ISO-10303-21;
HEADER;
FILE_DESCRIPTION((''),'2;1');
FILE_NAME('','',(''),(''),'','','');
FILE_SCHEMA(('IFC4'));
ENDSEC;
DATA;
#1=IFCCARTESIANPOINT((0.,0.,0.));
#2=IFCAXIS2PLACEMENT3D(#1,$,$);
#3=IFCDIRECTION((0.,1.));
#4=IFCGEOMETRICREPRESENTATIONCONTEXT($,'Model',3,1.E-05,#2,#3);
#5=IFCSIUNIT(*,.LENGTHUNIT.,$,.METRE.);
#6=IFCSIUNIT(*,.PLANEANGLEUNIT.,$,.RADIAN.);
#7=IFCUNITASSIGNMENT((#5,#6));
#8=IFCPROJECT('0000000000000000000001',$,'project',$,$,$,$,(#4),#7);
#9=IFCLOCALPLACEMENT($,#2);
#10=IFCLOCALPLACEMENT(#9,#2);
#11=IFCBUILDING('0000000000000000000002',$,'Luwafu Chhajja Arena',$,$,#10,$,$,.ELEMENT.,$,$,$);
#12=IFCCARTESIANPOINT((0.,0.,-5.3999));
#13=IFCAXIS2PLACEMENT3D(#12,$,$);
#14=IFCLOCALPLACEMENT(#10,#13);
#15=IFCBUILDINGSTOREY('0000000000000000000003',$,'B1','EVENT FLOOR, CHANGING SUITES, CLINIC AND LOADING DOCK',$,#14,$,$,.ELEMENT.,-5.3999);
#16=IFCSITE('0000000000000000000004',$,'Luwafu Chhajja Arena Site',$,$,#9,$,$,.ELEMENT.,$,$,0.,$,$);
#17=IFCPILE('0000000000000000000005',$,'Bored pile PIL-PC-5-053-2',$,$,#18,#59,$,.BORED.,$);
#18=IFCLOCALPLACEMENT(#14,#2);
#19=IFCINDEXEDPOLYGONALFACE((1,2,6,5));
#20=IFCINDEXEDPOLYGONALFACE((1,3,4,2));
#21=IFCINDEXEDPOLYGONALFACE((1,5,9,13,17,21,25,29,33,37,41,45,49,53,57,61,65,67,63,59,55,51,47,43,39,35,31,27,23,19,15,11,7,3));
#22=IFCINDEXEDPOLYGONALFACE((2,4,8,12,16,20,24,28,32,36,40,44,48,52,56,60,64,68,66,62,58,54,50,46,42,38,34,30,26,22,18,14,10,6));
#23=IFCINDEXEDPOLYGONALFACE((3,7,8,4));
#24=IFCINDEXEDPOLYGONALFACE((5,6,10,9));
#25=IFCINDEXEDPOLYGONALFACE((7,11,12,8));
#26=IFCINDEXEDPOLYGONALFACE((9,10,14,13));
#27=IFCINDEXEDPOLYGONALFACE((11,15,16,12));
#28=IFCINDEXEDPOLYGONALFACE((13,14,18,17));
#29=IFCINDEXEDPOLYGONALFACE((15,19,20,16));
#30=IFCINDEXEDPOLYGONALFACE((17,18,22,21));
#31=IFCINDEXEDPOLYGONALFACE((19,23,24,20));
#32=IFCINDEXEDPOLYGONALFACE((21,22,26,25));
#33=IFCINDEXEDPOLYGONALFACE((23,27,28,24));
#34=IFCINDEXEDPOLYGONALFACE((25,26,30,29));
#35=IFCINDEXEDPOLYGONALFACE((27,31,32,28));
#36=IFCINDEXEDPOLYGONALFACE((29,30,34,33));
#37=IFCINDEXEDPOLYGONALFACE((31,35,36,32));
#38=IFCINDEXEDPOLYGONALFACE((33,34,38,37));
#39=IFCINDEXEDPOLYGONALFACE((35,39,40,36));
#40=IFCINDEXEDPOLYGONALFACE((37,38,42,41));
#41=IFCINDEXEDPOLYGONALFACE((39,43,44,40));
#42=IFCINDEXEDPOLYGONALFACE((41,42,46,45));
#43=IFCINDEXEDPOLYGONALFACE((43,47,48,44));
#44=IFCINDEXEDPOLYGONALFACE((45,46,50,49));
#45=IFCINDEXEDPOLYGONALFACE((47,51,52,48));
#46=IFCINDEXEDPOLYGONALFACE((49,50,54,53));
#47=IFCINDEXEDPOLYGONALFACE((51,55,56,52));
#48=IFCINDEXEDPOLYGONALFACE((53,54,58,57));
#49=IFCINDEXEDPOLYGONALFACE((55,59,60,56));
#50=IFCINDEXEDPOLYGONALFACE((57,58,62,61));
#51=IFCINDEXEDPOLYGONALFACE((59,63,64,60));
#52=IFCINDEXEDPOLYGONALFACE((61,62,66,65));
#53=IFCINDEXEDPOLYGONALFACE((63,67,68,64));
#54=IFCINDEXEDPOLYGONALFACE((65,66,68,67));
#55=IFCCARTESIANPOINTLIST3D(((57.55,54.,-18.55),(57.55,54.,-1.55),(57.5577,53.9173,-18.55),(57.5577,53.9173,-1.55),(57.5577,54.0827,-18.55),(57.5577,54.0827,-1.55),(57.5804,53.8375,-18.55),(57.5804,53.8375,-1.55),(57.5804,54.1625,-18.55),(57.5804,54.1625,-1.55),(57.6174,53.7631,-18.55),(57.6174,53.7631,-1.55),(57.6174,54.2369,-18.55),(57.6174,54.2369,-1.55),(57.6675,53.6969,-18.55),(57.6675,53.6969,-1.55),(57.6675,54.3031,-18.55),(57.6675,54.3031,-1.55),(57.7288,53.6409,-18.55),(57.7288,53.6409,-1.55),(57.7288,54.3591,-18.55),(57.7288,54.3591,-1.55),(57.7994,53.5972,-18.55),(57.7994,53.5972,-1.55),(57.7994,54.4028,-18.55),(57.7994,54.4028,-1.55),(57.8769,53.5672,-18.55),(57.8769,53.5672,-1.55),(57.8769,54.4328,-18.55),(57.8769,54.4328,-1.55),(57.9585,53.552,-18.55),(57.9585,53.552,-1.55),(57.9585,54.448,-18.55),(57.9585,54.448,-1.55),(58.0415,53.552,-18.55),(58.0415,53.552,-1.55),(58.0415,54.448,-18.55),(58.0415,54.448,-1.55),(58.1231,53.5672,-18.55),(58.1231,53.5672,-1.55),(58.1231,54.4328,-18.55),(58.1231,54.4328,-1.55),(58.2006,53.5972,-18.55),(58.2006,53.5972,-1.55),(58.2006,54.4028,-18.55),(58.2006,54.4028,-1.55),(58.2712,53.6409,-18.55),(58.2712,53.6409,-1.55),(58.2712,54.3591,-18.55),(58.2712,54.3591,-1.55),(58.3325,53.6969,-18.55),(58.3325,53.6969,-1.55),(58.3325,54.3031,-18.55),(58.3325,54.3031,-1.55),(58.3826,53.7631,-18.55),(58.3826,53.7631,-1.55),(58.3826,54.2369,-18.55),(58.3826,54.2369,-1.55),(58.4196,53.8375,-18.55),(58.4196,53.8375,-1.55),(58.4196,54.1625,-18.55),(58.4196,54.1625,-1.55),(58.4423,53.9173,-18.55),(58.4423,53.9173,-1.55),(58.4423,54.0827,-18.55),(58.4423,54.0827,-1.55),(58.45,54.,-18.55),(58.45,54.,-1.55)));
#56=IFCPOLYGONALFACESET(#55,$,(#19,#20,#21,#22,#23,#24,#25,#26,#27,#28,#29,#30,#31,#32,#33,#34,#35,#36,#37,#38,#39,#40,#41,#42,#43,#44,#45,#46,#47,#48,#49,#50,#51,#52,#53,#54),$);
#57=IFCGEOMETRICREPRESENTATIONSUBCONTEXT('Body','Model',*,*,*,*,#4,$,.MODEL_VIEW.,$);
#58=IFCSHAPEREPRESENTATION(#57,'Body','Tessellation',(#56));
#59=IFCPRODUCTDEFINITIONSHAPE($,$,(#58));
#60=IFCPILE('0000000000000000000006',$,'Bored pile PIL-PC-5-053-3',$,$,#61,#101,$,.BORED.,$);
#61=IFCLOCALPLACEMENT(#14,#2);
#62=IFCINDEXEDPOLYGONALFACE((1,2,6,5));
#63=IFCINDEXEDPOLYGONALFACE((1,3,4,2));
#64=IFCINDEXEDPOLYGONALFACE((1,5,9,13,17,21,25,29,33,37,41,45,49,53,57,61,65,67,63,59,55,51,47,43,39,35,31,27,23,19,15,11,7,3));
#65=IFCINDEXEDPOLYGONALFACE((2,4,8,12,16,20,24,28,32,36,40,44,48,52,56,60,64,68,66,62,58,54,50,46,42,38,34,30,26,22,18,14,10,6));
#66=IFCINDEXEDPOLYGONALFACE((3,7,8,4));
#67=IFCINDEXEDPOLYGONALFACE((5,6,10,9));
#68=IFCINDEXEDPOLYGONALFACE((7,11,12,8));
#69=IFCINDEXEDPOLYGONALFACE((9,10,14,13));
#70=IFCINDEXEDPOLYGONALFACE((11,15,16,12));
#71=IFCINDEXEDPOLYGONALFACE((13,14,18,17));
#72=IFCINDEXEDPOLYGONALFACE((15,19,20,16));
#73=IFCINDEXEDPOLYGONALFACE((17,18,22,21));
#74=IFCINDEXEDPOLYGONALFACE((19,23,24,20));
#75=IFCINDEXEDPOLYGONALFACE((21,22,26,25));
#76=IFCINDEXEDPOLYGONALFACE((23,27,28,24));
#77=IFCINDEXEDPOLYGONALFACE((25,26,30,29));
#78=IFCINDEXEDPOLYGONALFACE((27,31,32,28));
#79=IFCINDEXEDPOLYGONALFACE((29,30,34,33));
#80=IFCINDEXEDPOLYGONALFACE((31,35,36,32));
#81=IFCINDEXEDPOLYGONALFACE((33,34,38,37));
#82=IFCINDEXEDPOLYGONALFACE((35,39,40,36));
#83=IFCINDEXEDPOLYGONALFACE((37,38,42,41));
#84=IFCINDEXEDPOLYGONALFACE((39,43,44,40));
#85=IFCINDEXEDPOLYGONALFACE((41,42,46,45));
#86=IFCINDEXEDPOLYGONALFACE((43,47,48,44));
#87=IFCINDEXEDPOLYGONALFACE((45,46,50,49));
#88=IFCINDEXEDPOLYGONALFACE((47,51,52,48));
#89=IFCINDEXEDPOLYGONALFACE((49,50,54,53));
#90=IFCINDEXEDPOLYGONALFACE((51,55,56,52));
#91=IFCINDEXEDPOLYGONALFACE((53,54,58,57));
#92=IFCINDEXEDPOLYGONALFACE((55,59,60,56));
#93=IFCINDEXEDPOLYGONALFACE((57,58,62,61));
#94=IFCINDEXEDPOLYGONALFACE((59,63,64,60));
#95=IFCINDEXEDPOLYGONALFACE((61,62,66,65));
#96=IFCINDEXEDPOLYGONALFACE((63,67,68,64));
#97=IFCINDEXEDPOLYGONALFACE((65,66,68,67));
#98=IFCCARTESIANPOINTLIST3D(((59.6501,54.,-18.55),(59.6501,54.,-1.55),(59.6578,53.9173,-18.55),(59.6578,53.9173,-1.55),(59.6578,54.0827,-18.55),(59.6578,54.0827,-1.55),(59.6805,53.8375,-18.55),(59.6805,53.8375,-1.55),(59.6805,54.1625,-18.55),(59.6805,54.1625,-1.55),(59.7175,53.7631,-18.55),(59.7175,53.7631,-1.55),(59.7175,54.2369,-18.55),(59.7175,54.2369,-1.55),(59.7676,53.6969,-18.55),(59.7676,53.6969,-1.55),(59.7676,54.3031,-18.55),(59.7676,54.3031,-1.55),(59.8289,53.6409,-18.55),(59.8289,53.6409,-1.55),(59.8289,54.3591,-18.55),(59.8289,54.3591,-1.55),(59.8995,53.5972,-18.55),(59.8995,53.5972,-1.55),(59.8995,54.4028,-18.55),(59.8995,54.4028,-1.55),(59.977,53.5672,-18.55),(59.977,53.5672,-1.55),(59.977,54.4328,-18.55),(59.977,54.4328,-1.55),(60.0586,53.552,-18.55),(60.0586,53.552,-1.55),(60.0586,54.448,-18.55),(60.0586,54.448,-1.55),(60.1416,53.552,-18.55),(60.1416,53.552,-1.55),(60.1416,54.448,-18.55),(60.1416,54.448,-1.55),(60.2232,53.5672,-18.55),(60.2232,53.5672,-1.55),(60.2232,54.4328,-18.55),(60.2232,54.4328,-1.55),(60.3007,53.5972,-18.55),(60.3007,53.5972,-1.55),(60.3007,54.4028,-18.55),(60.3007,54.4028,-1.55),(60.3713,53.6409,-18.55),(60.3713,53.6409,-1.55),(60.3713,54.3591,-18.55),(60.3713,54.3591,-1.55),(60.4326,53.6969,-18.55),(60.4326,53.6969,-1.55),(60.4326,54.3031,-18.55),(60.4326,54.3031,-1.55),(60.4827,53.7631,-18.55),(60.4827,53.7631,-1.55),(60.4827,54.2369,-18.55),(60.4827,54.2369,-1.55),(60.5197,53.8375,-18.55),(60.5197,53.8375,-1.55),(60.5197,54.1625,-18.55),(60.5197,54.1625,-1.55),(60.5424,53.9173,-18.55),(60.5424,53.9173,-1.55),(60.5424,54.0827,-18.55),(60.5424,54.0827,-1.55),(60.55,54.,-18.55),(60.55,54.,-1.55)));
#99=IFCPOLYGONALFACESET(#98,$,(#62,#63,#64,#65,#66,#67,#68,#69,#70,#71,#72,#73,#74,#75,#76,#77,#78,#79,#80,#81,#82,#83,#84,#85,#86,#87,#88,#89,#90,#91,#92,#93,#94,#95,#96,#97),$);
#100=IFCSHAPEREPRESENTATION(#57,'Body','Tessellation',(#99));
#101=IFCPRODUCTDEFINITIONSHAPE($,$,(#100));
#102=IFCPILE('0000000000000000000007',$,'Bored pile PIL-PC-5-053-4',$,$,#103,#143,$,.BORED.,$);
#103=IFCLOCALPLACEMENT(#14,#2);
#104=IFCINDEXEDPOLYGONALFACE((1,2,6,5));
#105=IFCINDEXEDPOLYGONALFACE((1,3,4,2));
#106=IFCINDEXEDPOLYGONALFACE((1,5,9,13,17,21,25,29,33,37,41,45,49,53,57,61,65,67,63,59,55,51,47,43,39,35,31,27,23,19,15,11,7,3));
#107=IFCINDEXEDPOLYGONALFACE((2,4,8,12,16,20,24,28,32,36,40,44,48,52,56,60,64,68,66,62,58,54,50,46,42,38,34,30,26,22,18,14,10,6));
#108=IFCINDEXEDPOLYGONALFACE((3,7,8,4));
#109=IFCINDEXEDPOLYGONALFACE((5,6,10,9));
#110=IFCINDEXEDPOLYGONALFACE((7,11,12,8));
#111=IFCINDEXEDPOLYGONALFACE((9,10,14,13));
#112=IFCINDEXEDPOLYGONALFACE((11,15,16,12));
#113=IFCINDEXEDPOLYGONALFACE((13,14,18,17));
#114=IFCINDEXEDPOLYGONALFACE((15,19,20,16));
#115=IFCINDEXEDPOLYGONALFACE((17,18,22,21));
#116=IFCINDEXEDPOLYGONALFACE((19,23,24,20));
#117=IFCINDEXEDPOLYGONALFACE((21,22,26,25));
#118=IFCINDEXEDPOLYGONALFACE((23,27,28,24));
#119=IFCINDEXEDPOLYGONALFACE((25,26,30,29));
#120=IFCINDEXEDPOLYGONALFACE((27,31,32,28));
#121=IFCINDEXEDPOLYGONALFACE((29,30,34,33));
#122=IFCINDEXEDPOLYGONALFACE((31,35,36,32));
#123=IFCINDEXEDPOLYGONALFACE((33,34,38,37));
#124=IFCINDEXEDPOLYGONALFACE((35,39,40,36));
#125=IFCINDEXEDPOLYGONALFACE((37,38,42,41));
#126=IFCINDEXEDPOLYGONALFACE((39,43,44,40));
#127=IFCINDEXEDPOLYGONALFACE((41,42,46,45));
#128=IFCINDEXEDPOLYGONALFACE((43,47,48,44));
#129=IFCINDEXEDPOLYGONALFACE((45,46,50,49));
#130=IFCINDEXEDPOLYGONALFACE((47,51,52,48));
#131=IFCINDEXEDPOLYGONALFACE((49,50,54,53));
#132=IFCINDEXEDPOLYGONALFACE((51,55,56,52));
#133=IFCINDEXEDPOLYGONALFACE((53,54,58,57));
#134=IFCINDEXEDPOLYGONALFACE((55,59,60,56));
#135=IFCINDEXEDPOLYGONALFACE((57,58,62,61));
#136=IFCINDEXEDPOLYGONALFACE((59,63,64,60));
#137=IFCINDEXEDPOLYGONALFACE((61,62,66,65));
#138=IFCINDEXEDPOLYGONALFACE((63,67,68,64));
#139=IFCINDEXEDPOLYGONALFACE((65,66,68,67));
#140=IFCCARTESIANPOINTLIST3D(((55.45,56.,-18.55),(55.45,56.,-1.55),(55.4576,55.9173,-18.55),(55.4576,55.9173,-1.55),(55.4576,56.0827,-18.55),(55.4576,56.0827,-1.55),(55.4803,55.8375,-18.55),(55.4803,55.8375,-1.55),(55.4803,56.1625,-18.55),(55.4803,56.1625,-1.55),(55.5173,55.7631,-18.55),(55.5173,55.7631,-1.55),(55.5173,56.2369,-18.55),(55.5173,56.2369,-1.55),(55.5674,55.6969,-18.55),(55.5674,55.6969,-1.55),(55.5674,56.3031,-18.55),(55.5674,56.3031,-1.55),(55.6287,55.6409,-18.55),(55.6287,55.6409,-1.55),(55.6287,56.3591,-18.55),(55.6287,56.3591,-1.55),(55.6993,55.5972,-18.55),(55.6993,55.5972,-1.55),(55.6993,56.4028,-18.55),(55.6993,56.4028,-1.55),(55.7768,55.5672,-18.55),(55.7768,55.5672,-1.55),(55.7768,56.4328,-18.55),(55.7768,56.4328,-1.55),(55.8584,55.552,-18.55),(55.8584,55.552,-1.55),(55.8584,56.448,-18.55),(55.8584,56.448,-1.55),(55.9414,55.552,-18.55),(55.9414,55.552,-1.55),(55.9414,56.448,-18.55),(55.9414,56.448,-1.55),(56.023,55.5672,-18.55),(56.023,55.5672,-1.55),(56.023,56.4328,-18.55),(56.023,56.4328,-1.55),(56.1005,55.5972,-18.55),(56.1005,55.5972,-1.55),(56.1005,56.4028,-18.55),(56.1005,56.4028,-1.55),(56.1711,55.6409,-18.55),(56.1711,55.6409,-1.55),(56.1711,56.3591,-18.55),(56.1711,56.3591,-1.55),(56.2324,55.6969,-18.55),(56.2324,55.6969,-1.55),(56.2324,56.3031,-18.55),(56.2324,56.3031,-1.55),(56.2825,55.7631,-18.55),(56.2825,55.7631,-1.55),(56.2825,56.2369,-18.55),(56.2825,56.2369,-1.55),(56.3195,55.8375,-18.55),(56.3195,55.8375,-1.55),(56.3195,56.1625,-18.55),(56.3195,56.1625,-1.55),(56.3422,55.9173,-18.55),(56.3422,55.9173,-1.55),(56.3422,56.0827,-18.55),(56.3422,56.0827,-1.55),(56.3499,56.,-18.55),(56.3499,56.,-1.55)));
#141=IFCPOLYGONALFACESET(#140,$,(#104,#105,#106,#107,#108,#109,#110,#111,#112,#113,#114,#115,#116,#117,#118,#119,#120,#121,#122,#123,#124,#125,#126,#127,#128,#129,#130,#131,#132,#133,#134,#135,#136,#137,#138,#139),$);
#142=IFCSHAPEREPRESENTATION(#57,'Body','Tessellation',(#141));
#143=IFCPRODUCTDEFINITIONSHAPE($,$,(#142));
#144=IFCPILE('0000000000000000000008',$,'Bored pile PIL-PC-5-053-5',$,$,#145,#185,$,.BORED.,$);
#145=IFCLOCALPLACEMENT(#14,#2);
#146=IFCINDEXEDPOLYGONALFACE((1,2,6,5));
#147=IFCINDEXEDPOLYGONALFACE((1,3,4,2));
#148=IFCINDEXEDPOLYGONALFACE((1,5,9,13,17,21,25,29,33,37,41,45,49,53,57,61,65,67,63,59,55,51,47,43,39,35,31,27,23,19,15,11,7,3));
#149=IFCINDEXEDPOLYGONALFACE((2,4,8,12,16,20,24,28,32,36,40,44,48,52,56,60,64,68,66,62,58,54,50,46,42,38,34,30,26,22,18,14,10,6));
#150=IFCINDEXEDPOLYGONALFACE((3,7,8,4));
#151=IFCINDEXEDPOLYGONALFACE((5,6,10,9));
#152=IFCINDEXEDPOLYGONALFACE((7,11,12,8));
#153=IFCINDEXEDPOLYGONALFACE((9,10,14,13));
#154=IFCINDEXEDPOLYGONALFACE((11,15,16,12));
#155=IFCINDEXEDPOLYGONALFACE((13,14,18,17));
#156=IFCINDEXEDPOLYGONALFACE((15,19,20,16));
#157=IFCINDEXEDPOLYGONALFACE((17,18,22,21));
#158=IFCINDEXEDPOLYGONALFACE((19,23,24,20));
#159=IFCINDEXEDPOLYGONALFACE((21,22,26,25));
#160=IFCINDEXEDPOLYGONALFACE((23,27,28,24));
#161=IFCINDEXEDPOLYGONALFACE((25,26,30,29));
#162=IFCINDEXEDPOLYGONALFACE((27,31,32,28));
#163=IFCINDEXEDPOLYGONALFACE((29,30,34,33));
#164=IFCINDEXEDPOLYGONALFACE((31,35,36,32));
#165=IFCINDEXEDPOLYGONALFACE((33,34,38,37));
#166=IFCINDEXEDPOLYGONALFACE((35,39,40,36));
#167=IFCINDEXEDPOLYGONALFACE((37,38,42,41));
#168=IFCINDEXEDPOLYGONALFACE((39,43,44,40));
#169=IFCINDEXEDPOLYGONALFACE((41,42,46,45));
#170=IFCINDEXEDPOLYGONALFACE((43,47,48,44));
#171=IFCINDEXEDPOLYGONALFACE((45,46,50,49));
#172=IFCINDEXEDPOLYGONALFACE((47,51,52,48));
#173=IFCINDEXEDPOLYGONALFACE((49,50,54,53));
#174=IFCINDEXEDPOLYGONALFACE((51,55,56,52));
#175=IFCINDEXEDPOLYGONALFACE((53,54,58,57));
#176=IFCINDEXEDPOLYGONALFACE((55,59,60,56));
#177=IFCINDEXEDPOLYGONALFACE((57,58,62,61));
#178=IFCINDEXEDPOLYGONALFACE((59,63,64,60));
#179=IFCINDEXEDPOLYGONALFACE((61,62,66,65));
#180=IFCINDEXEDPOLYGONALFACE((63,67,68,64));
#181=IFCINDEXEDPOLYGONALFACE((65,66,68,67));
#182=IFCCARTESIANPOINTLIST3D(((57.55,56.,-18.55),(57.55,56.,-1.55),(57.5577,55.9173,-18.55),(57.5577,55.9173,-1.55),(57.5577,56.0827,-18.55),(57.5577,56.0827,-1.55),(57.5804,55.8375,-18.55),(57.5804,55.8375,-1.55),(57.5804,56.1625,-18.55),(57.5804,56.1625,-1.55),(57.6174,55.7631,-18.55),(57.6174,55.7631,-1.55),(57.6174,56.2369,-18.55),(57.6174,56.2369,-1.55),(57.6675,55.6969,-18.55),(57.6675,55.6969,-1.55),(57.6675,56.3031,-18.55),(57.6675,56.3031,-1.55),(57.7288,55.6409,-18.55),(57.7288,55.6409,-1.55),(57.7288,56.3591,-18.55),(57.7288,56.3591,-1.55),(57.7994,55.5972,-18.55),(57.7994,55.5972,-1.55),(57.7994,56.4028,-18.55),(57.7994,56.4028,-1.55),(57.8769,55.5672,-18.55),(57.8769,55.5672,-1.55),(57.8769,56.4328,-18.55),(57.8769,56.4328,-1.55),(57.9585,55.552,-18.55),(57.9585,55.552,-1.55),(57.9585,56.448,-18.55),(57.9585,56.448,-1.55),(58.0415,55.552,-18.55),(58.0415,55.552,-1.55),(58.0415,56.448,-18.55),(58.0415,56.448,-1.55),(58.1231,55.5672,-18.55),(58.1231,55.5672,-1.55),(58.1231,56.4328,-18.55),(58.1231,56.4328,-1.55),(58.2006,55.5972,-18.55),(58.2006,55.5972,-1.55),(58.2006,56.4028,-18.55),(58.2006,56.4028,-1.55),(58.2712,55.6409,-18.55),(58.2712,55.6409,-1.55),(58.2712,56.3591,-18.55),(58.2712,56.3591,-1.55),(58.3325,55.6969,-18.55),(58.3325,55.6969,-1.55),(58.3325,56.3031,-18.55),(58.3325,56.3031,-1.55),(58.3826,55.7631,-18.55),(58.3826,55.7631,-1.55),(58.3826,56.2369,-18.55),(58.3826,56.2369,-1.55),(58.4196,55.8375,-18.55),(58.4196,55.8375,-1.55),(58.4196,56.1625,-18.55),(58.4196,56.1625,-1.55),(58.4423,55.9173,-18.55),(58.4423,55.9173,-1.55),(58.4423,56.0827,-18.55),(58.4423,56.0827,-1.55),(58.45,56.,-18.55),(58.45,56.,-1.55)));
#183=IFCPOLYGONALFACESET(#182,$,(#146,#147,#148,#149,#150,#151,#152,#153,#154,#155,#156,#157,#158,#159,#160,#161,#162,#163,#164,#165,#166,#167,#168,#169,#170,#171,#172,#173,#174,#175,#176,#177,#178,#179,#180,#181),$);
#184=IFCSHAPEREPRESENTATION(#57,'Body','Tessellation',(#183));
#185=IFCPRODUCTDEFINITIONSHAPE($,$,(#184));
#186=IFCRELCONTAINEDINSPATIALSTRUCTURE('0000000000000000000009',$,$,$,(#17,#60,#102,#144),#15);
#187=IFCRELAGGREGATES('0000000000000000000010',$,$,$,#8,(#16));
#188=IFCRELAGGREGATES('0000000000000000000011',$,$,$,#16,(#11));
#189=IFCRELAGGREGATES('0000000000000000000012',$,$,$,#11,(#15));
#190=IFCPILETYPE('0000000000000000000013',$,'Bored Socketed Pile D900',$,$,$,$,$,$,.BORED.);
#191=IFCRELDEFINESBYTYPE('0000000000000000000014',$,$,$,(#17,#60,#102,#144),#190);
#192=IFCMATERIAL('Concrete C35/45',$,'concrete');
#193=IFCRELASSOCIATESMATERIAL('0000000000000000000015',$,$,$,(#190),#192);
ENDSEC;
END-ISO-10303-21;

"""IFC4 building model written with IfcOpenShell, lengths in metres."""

from ifc_helpers import new_model, si_unit, direction, frame, origin, origin_2d, place, context, subcontext, project, spatial, circle, extrude, material, material_profile, profile_set, type_object, element, save


model = new_model("IFC4")

# Units and contexts
model_context = context("Model", 3, precision=1e-05, world=origin(), true_north=direction((0.0, 1.0)))
body_context = subcontext(model_context, "Body", "Model", "MODEL_VIEW")
ifc_project = project(units=[si_unit("LENGTHUNIT", "METRE"), si_unit("PLANEANGLEUNIT", "RADIAN")], contexts=[model_context])

# Site, building, storey
site_placement = place(None, origin())
site = spatial("IfcSite", under=ifc_project, at=site_placement, Name="Luwafu Chhajja Arena Site", CompositionType="ELEMENT", RefElevation=0.0)
building_placement = place(site_placement, origin())
building = spatial("IfcBuilding", under=site, at=building_placement, Name="Luwafu Chhajja Arena", CompositionType="ELEMENT")
storey_placement = place(building_placement, frame((0.0, 0.0, -5.3999)))
storey = spatial("IfcBuildingStorey", under=building, at=storey_placement, Name="B1", Description="EVENT FLOOR, CHANGING SUITES, CLINIC AND LOADING DOCK", CompositionType="ELEMENT", Elevation=-5.3999)

# Shared definitions
ifc_material_1 = material(Name="Concrete C35/45", Category="concrete")

# Piles
ifc_material_profile_1 = material_profile(ifc_material_1, circle(Radius=0.45, at=origin_2d()), Name="PILE D900")
ifc_profile_set_1 = profile_set([ifc_material_profile_1], Name="Concrete C35/45")
pile_type_1 = type_object("IfcPileType", Name="Bored Socketed Pile D900", PredefinedType="BORED", material=ifc_profile_set_1)
for number, where, z_axis, x_axis, name in (
    (1, (58.0, 54.0, -1.55), (0.0, 0.0, -1.0), (1.0, 0.0, 0.0), "Bored pile PIL-PC-5-053-2"),
    (2, (60.1001, 54.0, -1.55), (0.0, 0.0, -1.0), (1.0, 0.0, 0.0), "Bored pile PIL-PC-5-053-3"),
    (3, (55.8999, 56.0, -1.55), (0.0, 0.0, -1.0), (1.0, 0.0, 0.0), "Bored pile PIL-PC-5-053-4"),
    (4, (58.0, 56.0, -1.55), (0.0, 0.0, -1.0), (1.0, 0.0, 0.0), "Bored pile PIL-PC-5-053-5"),
):
    element("IfcPile", number, at=place(storey_placement, frame(where, z_axis=z_axis, x_axis=x_axis)), inside=storey, type_object=pile_type_1, Name=name, PredefinedType="BORED", context=body_context, shape_type="SweptSolid", body=[
        extrude(circle(Radius=0.45, at=origin_2d()), origin(), (0.0, 0.0, 1.0), 17.0),
    ])

save(model, "model.ifc")
